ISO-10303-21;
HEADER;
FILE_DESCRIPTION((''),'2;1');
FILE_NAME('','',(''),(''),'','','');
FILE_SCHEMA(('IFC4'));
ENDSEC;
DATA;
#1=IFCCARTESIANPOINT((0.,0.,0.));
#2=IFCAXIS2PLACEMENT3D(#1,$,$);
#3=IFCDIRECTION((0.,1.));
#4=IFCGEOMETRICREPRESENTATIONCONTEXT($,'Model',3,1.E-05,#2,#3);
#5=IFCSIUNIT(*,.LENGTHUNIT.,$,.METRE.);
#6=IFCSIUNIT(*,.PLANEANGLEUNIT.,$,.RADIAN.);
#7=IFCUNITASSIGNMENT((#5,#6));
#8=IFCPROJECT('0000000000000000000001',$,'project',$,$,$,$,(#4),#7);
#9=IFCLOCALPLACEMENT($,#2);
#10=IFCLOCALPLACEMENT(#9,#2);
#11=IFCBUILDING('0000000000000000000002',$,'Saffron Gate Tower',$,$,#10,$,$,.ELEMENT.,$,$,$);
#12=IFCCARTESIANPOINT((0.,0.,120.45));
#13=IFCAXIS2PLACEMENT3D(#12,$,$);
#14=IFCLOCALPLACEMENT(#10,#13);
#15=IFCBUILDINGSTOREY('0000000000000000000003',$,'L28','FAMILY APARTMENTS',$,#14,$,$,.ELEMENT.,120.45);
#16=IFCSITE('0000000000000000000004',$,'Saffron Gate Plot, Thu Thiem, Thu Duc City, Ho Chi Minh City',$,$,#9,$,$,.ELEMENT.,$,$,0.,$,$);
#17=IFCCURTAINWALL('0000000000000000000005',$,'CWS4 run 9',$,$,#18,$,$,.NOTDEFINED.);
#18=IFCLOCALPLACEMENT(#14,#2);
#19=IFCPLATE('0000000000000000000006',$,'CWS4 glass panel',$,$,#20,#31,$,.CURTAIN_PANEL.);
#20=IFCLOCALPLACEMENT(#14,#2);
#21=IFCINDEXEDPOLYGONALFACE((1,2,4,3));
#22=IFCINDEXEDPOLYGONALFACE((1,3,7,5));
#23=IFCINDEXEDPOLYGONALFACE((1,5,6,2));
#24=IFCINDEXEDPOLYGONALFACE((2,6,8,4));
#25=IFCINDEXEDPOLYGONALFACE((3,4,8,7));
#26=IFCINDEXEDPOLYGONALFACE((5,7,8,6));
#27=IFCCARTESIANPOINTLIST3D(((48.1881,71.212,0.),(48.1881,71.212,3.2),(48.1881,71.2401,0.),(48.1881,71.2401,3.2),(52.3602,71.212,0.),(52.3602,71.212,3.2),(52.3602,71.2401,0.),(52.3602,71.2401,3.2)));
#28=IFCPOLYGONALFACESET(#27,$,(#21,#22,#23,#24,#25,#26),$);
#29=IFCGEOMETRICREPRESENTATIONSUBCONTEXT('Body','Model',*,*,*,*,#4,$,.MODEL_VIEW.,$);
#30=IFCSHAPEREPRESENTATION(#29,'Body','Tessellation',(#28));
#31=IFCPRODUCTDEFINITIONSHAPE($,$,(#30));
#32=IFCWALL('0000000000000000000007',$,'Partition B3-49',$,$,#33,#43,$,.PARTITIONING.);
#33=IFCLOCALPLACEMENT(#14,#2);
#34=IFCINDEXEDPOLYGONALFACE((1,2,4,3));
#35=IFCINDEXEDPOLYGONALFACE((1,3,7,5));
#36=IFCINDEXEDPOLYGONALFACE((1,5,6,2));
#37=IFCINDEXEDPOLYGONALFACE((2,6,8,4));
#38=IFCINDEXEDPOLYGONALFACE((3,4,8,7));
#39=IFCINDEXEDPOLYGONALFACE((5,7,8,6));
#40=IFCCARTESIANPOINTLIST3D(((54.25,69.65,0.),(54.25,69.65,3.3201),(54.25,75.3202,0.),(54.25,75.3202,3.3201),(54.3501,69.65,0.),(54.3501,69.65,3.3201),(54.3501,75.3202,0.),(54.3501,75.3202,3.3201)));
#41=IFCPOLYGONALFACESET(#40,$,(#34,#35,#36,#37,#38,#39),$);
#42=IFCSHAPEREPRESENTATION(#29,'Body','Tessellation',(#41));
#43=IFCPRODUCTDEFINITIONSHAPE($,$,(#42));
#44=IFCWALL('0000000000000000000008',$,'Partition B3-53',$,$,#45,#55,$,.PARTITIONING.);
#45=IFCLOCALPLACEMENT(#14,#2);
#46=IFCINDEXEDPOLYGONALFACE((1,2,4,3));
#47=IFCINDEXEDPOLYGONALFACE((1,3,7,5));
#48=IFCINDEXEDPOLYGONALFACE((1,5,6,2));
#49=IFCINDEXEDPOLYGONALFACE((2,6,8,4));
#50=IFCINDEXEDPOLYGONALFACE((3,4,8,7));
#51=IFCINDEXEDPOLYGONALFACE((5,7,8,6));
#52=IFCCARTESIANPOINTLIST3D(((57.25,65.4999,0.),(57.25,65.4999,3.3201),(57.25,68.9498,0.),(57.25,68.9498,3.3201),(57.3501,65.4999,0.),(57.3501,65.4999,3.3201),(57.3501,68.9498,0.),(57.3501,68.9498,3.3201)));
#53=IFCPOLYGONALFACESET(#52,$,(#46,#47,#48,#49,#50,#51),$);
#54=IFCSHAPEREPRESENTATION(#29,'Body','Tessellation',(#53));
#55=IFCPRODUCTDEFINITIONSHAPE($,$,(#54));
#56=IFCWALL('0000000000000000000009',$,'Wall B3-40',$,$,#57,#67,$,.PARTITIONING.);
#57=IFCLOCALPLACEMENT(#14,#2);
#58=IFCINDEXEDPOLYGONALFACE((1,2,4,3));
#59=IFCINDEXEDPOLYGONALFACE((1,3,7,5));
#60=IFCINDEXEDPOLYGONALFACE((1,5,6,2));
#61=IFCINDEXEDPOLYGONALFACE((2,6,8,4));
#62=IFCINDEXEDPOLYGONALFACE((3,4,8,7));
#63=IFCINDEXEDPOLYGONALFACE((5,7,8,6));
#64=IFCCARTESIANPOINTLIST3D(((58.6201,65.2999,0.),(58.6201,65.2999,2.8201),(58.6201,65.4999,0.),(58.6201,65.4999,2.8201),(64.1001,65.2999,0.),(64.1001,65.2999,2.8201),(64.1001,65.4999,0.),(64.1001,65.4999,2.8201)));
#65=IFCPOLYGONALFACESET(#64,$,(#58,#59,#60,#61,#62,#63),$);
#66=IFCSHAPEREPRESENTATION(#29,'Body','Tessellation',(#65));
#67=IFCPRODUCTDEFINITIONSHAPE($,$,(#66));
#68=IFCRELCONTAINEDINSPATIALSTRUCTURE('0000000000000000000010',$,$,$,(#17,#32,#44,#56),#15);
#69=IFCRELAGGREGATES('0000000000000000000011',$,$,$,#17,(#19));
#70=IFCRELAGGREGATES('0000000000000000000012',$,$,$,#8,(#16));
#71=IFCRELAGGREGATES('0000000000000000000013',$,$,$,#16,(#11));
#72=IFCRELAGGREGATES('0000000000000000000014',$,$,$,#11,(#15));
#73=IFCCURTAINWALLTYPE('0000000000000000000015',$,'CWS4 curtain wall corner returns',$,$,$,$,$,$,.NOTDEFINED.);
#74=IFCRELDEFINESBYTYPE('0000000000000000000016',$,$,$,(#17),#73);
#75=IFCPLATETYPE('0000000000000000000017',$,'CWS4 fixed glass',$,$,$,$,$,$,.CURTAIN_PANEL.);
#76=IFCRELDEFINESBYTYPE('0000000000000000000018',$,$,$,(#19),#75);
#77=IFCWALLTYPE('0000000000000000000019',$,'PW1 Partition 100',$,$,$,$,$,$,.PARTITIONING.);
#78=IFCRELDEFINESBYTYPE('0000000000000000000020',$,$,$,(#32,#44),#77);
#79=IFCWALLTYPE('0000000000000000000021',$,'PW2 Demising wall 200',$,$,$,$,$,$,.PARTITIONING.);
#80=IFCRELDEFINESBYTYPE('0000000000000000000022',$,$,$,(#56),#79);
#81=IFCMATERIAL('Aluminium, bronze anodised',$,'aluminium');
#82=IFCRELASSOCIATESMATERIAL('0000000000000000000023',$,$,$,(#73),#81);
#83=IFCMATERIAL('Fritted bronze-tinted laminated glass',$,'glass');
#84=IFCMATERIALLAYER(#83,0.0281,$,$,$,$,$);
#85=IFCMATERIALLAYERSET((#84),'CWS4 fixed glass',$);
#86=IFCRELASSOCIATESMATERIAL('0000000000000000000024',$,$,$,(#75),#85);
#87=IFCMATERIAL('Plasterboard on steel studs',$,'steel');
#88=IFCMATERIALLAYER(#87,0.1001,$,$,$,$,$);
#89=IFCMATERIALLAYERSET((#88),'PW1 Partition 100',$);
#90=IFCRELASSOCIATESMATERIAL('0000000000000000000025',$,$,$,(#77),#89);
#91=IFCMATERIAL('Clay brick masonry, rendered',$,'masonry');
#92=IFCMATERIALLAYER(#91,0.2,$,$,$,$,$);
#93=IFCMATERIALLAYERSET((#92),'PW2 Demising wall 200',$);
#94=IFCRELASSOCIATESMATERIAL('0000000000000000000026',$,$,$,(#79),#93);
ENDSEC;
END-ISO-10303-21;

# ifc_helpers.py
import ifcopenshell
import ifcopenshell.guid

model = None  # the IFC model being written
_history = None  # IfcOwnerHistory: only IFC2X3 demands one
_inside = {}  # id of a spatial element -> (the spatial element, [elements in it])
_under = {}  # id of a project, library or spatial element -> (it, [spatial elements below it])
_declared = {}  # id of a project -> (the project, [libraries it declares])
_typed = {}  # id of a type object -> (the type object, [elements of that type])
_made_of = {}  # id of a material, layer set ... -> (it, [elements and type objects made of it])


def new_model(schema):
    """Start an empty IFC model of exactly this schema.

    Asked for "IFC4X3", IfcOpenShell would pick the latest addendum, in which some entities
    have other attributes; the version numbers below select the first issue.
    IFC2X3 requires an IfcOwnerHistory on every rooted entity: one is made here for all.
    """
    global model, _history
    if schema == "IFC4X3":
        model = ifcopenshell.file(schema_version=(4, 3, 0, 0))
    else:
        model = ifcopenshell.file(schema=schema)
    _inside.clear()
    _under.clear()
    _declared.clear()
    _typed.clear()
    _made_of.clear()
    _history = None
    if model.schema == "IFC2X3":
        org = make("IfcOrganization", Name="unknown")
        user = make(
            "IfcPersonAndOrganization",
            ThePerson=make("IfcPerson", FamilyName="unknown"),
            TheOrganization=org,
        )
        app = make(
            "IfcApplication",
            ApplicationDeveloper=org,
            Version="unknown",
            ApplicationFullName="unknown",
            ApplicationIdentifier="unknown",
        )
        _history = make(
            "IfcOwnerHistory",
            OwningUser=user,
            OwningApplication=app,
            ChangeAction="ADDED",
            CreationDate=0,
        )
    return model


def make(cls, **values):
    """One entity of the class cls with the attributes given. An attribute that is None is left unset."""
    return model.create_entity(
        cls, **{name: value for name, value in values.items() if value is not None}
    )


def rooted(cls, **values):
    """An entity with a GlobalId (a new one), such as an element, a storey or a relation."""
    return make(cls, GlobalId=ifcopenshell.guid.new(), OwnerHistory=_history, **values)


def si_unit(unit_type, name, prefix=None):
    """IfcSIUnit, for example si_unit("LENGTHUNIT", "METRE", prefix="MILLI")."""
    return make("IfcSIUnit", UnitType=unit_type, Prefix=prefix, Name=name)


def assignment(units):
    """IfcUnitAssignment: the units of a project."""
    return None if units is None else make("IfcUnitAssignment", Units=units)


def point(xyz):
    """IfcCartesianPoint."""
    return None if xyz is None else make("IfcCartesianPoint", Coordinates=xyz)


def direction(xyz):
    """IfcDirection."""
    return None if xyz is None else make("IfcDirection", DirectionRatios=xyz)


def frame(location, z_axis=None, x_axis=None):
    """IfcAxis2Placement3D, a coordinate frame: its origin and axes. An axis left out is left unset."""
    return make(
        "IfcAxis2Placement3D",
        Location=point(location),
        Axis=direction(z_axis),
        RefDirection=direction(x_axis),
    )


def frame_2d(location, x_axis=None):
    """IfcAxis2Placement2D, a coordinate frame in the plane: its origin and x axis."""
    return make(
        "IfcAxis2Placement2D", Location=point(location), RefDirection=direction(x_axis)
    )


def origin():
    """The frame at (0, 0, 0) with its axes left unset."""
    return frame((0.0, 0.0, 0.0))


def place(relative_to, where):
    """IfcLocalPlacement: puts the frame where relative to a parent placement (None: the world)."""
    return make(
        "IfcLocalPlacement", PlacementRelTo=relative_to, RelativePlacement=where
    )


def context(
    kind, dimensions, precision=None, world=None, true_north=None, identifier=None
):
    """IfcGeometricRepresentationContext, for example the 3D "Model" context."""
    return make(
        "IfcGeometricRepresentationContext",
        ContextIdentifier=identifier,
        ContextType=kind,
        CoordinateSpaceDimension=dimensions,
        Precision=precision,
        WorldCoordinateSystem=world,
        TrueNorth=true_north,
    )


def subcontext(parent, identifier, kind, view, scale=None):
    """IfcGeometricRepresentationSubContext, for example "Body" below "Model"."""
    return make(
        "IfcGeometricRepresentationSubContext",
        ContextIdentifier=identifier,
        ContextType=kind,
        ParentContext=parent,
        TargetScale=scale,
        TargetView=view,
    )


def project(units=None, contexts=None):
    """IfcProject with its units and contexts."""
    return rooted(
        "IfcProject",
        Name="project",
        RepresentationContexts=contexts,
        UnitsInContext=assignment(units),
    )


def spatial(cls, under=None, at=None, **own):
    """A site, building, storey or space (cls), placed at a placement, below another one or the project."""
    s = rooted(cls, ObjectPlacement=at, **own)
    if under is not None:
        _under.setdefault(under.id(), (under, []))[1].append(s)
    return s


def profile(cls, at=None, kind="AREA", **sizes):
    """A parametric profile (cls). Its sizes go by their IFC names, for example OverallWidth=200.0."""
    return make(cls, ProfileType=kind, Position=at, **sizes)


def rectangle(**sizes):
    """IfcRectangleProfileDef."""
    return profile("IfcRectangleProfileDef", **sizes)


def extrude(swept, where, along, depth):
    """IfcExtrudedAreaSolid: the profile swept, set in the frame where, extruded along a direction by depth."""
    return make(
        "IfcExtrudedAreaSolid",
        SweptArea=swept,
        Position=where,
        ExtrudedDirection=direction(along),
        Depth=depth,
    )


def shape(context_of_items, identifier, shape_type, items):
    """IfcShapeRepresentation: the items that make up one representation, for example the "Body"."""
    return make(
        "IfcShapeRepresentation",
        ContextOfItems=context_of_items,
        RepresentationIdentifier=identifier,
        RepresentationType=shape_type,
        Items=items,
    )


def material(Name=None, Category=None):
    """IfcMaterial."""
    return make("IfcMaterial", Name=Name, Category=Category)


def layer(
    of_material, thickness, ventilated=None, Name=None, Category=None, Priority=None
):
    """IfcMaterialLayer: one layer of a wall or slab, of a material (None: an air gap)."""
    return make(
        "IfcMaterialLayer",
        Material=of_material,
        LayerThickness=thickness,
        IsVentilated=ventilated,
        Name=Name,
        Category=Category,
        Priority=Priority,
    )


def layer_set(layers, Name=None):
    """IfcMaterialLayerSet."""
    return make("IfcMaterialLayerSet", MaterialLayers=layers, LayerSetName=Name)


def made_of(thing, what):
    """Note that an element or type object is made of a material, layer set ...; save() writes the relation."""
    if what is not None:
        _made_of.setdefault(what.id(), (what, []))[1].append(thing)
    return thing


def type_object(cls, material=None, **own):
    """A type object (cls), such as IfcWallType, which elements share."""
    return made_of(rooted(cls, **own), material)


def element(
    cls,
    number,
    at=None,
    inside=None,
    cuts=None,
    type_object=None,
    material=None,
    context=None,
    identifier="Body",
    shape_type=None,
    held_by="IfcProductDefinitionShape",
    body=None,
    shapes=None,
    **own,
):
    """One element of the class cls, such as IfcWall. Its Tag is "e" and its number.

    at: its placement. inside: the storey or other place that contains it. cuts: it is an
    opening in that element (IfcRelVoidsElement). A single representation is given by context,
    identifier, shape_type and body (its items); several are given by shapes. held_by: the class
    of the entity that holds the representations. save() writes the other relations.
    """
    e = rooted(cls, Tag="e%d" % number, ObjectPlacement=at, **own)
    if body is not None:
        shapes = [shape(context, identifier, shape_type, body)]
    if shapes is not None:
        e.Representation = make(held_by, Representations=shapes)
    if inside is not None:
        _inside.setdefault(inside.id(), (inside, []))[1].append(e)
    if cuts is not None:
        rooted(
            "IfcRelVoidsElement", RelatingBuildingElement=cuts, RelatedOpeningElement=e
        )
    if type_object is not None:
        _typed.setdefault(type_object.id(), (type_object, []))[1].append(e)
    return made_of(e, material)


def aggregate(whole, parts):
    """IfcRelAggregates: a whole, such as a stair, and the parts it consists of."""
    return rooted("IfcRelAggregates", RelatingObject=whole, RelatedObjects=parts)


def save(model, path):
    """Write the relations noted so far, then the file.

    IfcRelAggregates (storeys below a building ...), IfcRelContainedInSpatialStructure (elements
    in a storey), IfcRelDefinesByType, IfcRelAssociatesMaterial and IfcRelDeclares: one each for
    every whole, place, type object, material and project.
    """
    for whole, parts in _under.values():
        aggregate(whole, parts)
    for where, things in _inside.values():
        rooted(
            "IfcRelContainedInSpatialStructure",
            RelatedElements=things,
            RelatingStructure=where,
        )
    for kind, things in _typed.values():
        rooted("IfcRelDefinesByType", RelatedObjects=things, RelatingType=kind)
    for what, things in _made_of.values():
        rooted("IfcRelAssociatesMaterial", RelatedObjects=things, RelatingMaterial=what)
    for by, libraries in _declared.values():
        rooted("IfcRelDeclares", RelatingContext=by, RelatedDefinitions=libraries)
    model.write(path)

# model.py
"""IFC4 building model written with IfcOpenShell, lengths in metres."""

from ifc_helpers import new_model, si_unit, direction, frame, frame_2d, origin, place, context, subcontext, project, spatial, rectangle, extrude, material, layer, layer_set, type_object, element, aggregate, save


model = new_model("IFC4")

# Units and contexts
model_context = context("Model", 3, precision=1e-05, world=origin(), true_north=direction((0.0, 1.0)))
body_context = subcontext(model_context, "Body", "Model", "MODEL_VIEW")
ifc_project = project(units=[si_unit("LENGTHUNIT", "METRE"), si_unit("PLANEANGLEUNIT", "RADIAN")], contexts=[model_context])

# Site, building, storey
site_placement = place(None, origin())
site = spatial("IfcSite", under=ifc_project, at=site_placement, Name="Saffron Gate Plot, Thu Thiem, Thu Duc City, Ho Chi Minh City", CompositionType="ELEMENT", RefElevation=0.0)
building_placement = place(site_placement, origin())
building = spatial("IfcBuilding", under=site, at=building_placement, Name="Saffron Gate Tower", CompositionType="ELEMENT")
storey_placement = place(building_placement, frame((0.0, 0.0, 120.45)))
storey = spatial("IfcBuildingStorey", under=building, at=storey_placement, Name="L28", Description="FAMILY APARTMENTS", CompositionType="ELEMENT", Elevation=120.45)

# Curtain wall
ifc_material_1 = material(Name="Aluminium, bronze anodised", Category="aluminium")
curtain_wall_type_1 = type_object("IfcCurtainWallType", Name="CWS4 curtain wall corner returns", PredefinedType="NOTDEFINED", material=ifc_material_1)
curtain_wall_1_placement = place(storey_placement, origin())
curtain_wall_1 = element("IfcCurtainWall", 1, at=curtain_wall_1_placement, inside=storey, type_object=curtain_wall_type_1, Name="CWS4 run 9", PredefinedType="NOTDEFINED")

# Plate
ifc_material_2 = material(Name="Fritted bronze-tinted laminated glass", Category="glass")
ifc_layer_1 = layer(ifc_material_2, 0.0281)
ifc_layer_set_1 = layer_set([ifc_layer_1], Name="CWS4 fixed glass")
plate_type = type_object("IfcPlateType", Name="CWS4 fixed glass", PredefinedType="CURTAIN_PANEL", material=ifc_layer_set_1)
plate_1_placement = place(storey_placement, frame((52.3601, 71.2261, 0.0), z_axis=(0.0, 0.0, 1.0), x_axis=(-1.0, 0.0, 0.0)))
plate_1 = element("IfcPlate", 2, at=plate_1_placement, type_object=plate_type, Name="CWS4 glass panel", PredefinedType="CURTAIN_PANEL", context=body_context, shape_type="SweptSolid", body=[
    extrude(rectangle(XDim=4.1721, YDim=0.0281, at=frame_2d((2.0859, 0.0))), origin(), (0.0, 0.0, 1.0), 3.2),
])
aggregate(curtain_wall_1, [plate_1])

# Walls
ifc_material_3 = material(Name="Plasterboard on steel studs", Category="steel")
ifc_layer_2 = layer(ifc_material_3, 0.1001)
ifc_layer_set_2 = layer_set([ifc_layer_2], Name="PW1 Partition 100")
wall_type_1 = type_object("IfcWallType", Name="PW1 Partition 100", PredefinedType="PARTITIONING", material=ifc_layer_set_2)
wall_1_placement = place(storey_placement, frame((54.3, 75.3201, 0.0), z_axis=(0.0, 0.0, 1.0), x_axis=(0.0, -1.0, 0.0)))
element("IfcWall", 3, at=wall_1_placement, inside=storey, type_object=wall_type_1, Name="Partition B3-49", PredefinedType="PARTITIONING", context=body_context, shape_type="SweptSolid", body=[
    extrude(rectangle(XDim=5.6702, YDim=0.1001, at=frame_2d((2.835, 0.0))), origin(), (0.0, 0.0, 1.0), 3.3201),
])
wall_2_placement = place(storey_placement, frame((57.3, 68.95, 0.0), z_axis=(0.0, 0.0, 1.0), x_axis=(0.0, -1.0, 0.0)))
element("IfcWall", 4, at=wall_2_placement, inside=storey, type_object=wall_type_1, Name="Partition B3-53", PredefinedType="PARTITIONING", context=body_context, shape_type="SweptSolid", body=[
    extrude(rectangle(XDim=3.45, YDim=0.1001, at=frame_2d((1.7251, 0.0))), origin(), (0.0, 0.0, 1.0), 3.3201),
])
ifc_material_4 = material(Name="Clay brick masonry, rendered", Category="masonry")
ifc_layer_3 = layer(ifc_material_4, 0.2)
ifc_layer_set_3 = layer_set([ifc_layer_3], Name="PW2 Demising wall 200")
wall_type_2 = type_object("IfcWallType", Name="PW2 Demising wall 200", PredefinedType="PARTITIONING", material=ifc_layer_set_3)
wall_3_placement = place(storey_placement, frame((58.6201, 65.3999, 0.0), z_axis=(0.0, 0.0, 1.0), x_axis=(1.0, 0.0, 0.0)))
element("IfcWall", 5, at=wall_3_placement, inside=storey, type_object=wall_type_2, Name="Wall B3-40", PredefinedType="PARTITIONING", context=body_context, shape_type="SweptSolid", body=[
    extrude(rectangle(XDim=5.48, YDim=0.2, at=frame_2d((2.74, 0.0))), origin(), (0.0, 0.0, 1.0), 2.8201),
])

save(model, "model.ifc")
